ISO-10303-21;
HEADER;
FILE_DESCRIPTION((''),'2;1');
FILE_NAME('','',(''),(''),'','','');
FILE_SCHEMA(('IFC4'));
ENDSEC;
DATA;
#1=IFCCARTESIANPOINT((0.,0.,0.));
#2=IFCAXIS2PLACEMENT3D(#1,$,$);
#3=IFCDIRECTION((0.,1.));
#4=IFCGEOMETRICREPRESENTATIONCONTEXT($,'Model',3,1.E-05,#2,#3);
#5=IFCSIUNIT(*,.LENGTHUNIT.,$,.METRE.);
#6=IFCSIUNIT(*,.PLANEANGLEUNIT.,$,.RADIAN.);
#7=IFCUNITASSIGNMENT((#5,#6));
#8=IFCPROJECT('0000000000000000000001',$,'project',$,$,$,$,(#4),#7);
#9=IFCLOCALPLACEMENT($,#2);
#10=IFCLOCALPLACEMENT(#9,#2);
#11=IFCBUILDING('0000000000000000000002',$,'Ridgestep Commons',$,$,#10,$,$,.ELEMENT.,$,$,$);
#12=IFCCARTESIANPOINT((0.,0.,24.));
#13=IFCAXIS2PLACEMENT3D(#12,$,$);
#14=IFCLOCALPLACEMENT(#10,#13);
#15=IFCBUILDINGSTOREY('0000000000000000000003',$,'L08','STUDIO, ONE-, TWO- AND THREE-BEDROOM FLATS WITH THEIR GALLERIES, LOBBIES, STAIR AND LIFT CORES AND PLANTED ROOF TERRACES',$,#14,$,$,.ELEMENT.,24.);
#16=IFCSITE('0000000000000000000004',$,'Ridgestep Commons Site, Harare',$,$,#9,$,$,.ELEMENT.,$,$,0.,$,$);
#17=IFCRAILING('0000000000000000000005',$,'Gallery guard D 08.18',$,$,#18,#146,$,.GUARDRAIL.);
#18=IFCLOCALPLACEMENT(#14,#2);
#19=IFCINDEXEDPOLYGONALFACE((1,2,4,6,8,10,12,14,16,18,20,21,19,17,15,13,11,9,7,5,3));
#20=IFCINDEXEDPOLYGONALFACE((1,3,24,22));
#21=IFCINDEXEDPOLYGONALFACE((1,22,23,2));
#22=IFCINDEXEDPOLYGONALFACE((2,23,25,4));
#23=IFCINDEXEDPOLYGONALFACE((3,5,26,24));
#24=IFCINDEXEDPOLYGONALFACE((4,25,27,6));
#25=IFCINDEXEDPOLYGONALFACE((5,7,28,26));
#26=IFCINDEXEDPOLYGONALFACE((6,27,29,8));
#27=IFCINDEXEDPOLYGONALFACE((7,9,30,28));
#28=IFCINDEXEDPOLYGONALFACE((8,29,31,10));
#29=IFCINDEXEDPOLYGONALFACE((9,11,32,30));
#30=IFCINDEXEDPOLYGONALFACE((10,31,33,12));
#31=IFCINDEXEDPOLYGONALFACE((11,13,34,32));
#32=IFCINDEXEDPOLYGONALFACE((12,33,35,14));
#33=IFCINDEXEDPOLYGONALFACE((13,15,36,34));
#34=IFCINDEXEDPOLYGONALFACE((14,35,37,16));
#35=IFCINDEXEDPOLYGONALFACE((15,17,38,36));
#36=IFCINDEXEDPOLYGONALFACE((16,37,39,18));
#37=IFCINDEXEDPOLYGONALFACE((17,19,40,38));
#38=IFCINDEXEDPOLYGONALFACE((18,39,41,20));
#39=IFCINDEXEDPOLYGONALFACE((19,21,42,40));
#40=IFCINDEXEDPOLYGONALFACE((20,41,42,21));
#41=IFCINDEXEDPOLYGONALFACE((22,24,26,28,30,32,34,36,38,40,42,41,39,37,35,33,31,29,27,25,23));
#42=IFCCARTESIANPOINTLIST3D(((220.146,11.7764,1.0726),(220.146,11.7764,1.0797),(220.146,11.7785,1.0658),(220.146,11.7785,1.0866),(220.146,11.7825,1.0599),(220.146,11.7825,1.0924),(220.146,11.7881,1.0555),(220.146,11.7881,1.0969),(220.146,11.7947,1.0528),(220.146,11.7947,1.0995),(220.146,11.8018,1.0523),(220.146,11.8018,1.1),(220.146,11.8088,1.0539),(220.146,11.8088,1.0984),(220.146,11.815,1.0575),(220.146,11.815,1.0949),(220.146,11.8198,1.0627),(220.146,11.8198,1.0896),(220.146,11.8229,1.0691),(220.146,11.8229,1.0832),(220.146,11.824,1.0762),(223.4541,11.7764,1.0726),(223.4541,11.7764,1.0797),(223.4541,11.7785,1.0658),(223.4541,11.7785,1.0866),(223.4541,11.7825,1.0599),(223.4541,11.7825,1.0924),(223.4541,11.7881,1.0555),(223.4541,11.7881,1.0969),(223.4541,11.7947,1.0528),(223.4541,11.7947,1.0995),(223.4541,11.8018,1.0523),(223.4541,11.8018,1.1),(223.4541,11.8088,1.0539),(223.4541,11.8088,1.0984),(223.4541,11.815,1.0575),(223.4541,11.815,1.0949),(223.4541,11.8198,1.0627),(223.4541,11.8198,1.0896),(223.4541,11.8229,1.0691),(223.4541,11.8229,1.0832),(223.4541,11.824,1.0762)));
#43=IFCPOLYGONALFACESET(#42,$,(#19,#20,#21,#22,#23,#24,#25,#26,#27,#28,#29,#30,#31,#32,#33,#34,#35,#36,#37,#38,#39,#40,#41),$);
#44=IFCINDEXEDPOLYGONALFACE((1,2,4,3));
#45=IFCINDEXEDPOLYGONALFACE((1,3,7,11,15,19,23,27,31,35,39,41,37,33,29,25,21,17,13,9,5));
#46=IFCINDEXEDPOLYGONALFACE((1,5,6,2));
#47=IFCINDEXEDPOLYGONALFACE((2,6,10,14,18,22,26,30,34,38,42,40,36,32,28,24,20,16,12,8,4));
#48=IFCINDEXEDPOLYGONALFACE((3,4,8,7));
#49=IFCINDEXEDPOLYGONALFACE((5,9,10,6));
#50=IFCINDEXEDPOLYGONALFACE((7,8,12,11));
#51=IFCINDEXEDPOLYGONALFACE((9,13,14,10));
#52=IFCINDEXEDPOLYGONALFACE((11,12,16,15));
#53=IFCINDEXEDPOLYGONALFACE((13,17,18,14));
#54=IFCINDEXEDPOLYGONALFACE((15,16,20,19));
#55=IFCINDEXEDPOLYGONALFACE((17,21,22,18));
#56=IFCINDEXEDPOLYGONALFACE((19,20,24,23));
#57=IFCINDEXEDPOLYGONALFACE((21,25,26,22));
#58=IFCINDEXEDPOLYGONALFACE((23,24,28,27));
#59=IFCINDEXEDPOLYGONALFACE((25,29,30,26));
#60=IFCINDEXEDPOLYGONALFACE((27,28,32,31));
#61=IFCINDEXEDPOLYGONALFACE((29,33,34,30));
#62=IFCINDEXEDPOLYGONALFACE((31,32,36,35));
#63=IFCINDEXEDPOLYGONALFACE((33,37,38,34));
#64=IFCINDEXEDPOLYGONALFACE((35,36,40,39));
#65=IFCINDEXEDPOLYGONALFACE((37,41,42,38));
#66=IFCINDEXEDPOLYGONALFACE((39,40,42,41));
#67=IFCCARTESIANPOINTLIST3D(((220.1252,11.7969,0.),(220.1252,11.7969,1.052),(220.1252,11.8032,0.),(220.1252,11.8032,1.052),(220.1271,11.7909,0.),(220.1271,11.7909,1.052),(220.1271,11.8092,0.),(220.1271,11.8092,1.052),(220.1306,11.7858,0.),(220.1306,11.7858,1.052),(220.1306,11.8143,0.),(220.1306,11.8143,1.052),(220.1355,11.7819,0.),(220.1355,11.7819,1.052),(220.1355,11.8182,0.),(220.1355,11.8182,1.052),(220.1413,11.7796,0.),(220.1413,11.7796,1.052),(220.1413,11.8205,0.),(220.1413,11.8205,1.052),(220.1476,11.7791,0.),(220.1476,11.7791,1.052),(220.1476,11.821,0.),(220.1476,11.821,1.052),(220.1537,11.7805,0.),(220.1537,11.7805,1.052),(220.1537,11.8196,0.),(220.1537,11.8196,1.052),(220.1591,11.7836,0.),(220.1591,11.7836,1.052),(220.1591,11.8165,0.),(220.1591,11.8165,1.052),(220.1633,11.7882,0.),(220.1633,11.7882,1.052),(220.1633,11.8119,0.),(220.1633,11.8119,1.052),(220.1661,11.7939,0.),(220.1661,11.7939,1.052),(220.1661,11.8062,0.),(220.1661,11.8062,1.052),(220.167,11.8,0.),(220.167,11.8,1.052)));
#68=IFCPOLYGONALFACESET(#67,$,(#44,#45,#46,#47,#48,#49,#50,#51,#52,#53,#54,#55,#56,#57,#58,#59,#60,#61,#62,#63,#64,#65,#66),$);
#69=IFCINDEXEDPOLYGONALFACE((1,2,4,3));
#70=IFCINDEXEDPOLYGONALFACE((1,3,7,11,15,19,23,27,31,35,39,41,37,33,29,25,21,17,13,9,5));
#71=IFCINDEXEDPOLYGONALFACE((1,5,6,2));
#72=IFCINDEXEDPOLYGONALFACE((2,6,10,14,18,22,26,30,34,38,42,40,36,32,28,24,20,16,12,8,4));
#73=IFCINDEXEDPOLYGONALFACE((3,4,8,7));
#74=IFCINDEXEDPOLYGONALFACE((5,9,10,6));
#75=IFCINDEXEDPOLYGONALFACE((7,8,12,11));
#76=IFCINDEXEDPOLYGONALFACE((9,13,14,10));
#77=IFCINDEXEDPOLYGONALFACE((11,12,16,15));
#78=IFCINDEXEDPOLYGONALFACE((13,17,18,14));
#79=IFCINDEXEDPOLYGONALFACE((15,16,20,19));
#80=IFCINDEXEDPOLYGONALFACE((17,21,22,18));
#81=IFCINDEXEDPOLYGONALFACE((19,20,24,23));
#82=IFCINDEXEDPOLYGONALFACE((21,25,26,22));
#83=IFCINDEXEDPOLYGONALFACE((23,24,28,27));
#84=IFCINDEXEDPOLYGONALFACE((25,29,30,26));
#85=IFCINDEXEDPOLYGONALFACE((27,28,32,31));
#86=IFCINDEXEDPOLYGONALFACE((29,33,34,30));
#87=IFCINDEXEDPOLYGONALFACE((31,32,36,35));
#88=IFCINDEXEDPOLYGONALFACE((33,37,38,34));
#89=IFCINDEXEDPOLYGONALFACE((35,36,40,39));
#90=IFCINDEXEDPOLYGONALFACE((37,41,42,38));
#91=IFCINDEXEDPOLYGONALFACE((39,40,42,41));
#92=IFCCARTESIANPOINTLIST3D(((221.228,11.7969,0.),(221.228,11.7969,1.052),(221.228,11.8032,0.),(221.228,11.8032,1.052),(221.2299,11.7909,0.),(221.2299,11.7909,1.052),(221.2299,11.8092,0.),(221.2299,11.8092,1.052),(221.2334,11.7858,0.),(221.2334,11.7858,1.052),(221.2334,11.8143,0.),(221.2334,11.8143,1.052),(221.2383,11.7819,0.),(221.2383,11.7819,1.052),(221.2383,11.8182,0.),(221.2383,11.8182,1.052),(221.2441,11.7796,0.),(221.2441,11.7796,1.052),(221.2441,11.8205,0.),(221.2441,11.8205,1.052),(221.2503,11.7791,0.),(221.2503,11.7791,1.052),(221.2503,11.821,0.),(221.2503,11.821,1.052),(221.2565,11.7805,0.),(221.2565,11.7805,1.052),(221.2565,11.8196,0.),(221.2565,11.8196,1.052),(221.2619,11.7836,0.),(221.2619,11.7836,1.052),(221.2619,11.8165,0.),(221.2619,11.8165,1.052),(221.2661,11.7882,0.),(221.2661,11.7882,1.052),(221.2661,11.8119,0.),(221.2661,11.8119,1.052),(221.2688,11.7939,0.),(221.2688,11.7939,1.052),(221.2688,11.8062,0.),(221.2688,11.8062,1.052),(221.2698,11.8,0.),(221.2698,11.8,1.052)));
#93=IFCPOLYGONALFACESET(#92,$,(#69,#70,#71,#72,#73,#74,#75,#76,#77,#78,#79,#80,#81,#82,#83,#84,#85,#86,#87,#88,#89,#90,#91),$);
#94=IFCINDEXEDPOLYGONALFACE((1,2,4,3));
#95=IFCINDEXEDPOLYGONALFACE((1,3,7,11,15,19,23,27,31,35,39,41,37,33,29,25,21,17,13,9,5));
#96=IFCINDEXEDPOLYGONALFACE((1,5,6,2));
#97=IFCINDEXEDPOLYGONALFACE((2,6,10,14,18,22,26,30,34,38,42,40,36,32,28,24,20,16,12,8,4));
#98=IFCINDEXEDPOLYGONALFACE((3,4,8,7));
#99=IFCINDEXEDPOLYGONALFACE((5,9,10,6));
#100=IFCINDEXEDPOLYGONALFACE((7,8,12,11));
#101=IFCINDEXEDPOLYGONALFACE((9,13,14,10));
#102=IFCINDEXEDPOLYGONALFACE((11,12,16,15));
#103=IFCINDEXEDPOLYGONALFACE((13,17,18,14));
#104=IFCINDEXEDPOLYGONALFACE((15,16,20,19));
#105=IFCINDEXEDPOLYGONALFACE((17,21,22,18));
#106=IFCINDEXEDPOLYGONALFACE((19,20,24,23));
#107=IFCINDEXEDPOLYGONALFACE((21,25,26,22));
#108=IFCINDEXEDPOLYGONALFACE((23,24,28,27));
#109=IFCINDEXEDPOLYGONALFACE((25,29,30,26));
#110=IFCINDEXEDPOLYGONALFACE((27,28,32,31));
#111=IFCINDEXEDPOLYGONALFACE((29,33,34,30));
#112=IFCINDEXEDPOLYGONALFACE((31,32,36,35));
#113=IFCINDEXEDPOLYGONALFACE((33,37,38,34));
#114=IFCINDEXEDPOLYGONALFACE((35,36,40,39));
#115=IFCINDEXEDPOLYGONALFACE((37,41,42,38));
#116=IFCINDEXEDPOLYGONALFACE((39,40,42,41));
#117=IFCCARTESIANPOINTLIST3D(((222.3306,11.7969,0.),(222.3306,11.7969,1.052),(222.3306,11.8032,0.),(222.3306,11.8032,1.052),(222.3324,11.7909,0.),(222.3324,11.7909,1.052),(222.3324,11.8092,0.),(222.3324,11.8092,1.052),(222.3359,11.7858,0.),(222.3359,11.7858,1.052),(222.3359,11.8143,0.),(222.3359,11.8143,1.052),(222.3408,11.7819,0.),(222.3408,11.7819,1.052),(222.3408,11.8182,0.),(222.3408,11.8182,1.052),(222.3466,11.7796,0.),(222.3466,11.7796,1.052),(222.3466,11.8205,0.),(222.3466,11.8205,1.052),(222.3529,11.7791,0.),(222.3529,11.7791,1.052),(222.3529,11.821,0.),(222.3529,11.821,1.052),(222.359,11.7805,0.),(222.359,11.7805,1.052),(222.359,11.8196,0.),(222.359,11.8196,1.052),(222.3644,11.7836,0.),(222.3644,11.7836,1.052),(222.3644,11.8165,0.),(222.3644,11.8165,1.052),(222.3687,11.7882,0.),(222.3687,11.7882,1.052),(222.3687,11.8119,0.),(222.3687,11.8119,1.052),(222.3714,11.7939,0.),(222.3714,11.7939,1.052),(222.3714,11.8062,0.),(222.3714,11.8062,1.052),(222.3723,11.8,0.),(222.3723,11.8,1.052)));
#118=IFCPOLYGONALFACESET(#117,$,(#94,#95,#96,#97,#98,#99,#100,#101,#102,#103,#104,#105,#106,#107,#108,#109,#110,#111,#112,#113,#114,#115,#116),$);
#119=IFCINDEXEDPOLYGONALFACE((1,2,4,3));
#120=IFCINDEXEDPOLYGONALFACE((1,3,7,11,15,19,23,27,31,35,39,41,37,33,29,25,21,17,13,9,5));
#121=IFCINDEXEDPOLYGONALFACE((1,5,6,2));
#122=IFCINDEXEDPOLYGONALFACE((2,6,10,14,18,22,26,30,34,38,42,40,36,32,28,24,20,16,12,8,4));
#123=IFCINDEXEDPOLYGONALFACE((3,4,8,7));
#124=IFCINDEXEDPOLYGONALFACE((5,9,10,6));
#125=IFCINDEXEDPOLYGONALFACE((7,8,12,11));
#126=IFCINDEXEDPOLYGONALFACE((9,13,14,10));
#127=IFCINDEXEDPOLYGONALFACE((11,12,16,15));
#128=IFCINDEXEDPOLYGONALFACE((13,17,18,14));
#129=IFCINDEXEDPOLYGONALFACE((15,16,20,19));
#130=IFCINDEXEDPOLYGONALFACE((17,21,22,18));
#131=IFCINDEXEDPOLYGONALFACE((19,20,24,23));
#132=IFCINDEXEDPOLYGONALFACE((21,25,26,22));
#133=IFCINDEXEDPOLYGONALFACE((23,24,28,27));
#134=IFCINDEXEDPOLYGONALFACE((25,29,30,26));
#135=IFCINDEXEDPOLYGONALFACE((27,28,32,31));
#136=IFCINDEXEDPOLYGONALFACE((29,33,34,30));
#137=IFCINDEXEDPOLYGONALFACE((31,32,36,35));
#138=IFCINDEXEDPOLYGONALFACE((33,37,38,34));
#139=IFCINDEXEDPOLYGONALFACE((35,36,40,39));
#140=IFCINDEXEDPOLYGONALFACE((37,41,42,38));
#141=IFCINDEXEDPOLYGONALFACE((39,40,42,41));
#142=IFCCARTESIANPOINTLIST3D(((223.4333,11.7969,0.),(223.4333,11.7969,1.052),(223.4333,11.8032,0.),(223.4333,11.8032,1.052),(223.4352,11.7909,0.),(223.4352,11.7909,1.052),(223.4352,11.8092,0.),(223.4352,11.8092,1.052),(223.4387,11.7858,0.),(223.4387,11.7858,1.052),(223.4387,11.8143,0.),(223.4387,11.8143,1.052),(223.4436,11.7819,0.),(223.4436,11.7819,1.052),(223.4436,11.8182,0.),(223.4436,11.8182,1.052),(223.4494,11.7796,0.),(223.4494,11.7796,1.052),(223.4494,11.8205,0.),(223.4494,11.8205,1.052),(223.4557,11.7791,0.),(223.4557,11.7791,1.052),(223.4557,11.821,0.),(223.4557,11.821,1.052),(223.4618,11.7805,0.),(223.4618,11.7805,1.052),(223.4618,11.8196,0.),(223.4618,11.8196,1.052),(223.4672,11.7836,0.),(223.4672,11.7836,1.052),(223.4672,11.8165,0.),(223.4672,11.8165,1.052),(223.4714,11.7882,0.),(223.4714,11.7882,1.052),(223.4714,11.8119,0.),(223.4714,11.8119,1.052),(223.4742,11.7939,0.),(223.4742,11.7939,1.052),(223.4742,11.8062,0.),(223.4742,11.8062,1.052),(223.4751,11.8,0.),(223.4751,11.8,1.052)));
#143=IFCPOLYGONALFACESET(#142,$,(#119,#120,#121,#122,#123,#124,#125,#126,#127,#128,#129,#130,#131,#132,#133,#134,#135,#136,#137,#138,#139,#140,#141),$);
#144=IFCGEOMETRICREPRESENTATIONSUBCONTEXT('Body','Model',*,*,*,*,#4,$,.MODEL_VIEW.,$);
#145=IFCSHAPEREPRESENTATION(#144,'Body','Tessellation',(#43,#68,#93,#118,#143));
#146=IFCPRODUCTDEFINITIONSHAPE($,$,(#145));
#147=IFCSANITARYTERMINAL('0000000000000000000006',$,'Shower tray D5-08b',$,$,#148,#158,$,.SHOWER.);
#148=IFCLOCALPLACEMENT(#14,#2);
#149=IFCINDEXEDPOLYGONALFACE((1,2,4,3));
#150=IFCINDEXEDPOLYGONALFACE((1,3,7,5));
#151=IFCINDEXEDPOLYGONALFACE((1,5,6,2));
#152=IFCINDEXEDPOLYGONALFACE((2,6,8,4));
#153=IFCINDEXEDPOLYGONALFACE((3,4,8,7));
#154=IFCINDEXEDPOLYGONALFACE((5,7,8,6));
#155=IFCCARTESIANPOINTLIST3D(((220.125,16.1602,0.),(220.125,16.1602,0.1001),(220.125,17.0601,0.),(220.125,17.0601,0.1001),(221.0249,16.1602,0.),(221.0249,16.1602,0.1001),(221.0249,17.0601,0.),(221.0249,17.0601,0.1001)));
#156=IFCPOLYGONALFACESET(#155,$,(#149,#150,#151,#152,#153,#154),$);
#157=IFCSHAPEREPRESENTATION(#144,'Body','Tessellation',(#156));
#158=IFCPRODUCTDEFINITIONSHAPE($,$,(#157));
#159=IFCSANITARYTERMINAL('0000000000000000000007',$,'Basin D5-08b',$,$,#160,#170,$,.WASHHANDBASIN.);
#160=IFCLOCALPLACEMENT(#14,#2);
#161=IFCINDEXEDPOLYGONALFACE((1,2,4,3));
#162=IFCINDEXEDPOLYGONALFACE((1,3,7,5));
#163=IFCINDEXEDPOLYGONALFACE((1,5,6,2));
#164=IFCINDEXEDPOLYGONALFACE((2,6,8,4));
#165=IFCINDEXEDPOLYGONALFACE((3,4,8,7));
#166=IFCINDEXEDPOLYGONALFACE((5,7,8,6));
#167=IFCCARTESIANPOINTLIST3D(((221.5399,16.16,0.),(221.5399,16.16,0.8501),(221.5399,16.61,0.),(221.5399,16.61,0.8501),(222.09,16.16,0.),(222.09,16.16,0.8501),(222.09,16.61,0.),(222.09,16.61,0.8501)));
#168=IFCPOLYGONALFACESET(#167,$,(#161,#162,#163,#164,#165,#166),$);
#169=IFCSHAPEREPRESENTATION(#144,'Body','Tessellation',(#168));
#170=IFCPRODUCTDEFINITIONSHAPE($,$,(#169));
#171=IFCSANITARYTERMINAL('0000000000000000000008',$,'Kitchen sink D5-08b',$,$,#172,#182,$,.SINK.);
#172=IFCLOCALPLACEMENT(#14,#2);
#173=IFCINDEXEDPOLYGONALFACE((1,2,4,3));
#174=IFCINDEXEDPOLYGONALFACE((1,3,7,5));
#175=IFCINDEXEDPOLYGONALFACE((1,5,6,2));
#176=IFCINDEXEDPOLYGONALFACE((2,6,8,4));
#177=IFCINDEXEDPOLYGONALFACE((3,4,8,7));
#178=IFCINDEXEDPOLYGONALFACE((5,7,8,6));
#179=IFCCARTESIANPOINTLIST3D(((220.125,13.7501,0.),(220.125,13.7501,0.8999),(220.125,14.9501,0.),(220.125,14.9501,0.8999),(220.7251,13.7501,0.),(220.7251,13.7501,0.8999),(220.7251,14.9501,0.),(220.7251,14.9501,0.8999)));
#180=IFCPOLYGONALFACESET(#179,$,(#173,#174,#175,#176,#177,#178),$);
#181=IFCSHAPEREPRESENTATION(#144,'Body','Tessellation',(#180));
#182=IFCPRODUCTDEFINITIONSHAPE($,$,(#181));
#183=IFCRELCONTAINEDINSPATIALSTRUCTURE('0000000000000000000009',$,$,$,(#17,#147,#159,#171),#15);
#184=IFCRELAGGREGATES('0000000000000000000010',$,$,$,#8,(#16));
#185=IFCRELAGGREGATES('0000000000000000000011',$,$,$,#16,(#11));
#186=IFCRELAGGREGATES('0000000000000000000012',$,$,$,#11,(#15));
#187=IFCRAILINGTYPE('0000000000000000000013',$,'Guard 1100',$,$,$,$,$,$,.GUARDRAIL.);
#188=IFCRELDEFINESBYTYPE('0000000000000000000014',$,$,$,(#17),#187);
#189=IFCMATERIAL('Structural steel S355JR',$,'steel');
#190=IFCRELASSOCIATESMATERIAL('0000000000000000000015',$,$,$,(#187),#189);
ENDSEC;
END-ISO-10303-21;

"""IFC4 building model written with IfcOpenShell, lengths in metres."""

from ifc_helpers import new_model, si_unit, direction, frame, origin, origin_2d, place, context, subcontext, project, spatial, rectangle, circle, extrude, material, type_object, element, save


model = new_model("IFC4")

# Units and contexts
model_context = context("Model", 3, precision=1e-05, world=origin(), true_north=direction((0.0, 1.0)))
body_context = subcontext(model_context, "Body", "Model", "MODEL_VIEW")
ifc_project = project(units=[si_unit("LENGTHUNIT", "METRE"), si_unit("PLANEANGLEUNIT", "RADIAN")], contexts=[model_context])

# Site, building, storey
site_placement = place(None, origin())
site = spatial("IfcSite", under=ifc_project, at=site_placement, Name="Ridgestep Commons Site, Harare", CompositionType="ELEMENT", RefElevation=0.0)
building_placement = place(site_placement, origin())
building = spatial("IfcBuilding", under=site, at=building_placement, Name="Ridgestep Commons", CompositionType="ELEMENT")
storey_placement = place(building_placement, frame((0.0, 0.0, 24.0)))
storey = spatial("IfcBuildingStorey", under=building, at=storey_placement, Name="L08", Description="STUDIO, ONE-, TWO- AND THREE-BEDROOM FLATS WITH THEIR GALLERIES, LOBBIES, STAIR AND LIFT CORES AND PLANTED ROOF TERRACES", CompositionType="ELEMENT", Elevation=24.0)

# Railing
ifc_material_1 = material(Name="Structural steel S355JR", Category="steel")
railing_type = type_object("IfcRailingType", Name="Guard 1100", PredefinedType="GUARDRAIL", material=ifc_material_1)
railing_placement = place(storey_placement, frame((220.146, 11.8, 0.0)))
element("IfcRailing", 1, at=railing_placement, inside=storey, type_object=railing_type, Name="Gallery guard D 08.18", PredefinedType="GUARDRAIL", context=body_context, shape_type="SweptSolid", body=[
    extrude(circle(Radius=0.0239, at=origin_2d()), frame((0.0, 0.0, 1.0762), z_axis=(1.0, 0.0, 0.0), x_axis=(0.0, 1.0, 0.0)), (0.0, 0.0, 1.0), 3.3081),
    extrude(circle(Radius=0.021, at=origin_2d()), origin(), (0.0, 0.0, 1.0), 1.052),
    extrude(circle(Radius=0.021, at=origin_2d()), frame((1.1028, 0.0, 0.0)), (0.0, 0.0, 1.0), 1.052),
    extrude(circle(Radius=0.021, at=origin_2d()), frame((2.2053, 0.0, 0.0)), (0.0, 0.0, 1.0), 1.052),
    extrude(circle(Radius=0.021, at=origin_2d()), frame((3.3081, 0.0, 0.0)), (0.0, 0.0, 1.0), 1.052),
])

# Sanitary terminals
sanitary_terminal_1_placement = place(storey_placement, frame((220.575, 16.6101, 0.0), z_axis=(0.0, 0.0, 1.0), x_axis=(1.0, 0.0, 0.0)))
element("IfcSanitaryTerminal", 2, at=sanitary_terminal_1_placement, inside=storey, Name="Shower tray D5-08b", PredefinedType="SHOWER", context=body_context, shape_type="SweptSolid", body=[
    extrude(rectangle(XDim=0.8999, YDim=0.8999, at=origin_2d()), origin(), (0.0, 0.0, 1.0), 0.1001),
])
sanitary_terminal_2_placement = place(storey_placement, frame((221.8149, 16.385, 0.0), z_axis=(0.0, 0.0, 1.0), x_axis=(1.0, 0.0, 0.0)))
element("IfcSanitaryTerminal", 3, at=sanitary_terminal_2_placement, inside=storey, Name="Basin D5-08b", PredefinedType="WASHHANDBASIN", context=body_context, shape_type="SweptSolid", body=[
    extrude(rectangle(XDim=0.55, YDim=0.45, at=origin_2d()), origin(), (0.0, 0.0, 1.0), 0.8501),
])
sanitary_terminal_3_placement = place(storey_placement, frame((220.425, 14.3501, 0.0), z_axis=(0.0, 0.0, 1.0), x_axis=(1.0, 0.0, 0.0)))
element("IfcSanitaryTerminal", 4, at=sanitary_terminal_3_placement, inside=storey, Name="Kitchen sink D5-08b", PredefinedType="SINK", context=body_context, shape_type="SweptSolid", body=[
    extrude(rectangle(XDim=0.6001, YDim=1.2, at=origin_2d()), origin(), (0.0, 0.0, 1.0), 0.8999),
])

save(model, "model.ifc")
